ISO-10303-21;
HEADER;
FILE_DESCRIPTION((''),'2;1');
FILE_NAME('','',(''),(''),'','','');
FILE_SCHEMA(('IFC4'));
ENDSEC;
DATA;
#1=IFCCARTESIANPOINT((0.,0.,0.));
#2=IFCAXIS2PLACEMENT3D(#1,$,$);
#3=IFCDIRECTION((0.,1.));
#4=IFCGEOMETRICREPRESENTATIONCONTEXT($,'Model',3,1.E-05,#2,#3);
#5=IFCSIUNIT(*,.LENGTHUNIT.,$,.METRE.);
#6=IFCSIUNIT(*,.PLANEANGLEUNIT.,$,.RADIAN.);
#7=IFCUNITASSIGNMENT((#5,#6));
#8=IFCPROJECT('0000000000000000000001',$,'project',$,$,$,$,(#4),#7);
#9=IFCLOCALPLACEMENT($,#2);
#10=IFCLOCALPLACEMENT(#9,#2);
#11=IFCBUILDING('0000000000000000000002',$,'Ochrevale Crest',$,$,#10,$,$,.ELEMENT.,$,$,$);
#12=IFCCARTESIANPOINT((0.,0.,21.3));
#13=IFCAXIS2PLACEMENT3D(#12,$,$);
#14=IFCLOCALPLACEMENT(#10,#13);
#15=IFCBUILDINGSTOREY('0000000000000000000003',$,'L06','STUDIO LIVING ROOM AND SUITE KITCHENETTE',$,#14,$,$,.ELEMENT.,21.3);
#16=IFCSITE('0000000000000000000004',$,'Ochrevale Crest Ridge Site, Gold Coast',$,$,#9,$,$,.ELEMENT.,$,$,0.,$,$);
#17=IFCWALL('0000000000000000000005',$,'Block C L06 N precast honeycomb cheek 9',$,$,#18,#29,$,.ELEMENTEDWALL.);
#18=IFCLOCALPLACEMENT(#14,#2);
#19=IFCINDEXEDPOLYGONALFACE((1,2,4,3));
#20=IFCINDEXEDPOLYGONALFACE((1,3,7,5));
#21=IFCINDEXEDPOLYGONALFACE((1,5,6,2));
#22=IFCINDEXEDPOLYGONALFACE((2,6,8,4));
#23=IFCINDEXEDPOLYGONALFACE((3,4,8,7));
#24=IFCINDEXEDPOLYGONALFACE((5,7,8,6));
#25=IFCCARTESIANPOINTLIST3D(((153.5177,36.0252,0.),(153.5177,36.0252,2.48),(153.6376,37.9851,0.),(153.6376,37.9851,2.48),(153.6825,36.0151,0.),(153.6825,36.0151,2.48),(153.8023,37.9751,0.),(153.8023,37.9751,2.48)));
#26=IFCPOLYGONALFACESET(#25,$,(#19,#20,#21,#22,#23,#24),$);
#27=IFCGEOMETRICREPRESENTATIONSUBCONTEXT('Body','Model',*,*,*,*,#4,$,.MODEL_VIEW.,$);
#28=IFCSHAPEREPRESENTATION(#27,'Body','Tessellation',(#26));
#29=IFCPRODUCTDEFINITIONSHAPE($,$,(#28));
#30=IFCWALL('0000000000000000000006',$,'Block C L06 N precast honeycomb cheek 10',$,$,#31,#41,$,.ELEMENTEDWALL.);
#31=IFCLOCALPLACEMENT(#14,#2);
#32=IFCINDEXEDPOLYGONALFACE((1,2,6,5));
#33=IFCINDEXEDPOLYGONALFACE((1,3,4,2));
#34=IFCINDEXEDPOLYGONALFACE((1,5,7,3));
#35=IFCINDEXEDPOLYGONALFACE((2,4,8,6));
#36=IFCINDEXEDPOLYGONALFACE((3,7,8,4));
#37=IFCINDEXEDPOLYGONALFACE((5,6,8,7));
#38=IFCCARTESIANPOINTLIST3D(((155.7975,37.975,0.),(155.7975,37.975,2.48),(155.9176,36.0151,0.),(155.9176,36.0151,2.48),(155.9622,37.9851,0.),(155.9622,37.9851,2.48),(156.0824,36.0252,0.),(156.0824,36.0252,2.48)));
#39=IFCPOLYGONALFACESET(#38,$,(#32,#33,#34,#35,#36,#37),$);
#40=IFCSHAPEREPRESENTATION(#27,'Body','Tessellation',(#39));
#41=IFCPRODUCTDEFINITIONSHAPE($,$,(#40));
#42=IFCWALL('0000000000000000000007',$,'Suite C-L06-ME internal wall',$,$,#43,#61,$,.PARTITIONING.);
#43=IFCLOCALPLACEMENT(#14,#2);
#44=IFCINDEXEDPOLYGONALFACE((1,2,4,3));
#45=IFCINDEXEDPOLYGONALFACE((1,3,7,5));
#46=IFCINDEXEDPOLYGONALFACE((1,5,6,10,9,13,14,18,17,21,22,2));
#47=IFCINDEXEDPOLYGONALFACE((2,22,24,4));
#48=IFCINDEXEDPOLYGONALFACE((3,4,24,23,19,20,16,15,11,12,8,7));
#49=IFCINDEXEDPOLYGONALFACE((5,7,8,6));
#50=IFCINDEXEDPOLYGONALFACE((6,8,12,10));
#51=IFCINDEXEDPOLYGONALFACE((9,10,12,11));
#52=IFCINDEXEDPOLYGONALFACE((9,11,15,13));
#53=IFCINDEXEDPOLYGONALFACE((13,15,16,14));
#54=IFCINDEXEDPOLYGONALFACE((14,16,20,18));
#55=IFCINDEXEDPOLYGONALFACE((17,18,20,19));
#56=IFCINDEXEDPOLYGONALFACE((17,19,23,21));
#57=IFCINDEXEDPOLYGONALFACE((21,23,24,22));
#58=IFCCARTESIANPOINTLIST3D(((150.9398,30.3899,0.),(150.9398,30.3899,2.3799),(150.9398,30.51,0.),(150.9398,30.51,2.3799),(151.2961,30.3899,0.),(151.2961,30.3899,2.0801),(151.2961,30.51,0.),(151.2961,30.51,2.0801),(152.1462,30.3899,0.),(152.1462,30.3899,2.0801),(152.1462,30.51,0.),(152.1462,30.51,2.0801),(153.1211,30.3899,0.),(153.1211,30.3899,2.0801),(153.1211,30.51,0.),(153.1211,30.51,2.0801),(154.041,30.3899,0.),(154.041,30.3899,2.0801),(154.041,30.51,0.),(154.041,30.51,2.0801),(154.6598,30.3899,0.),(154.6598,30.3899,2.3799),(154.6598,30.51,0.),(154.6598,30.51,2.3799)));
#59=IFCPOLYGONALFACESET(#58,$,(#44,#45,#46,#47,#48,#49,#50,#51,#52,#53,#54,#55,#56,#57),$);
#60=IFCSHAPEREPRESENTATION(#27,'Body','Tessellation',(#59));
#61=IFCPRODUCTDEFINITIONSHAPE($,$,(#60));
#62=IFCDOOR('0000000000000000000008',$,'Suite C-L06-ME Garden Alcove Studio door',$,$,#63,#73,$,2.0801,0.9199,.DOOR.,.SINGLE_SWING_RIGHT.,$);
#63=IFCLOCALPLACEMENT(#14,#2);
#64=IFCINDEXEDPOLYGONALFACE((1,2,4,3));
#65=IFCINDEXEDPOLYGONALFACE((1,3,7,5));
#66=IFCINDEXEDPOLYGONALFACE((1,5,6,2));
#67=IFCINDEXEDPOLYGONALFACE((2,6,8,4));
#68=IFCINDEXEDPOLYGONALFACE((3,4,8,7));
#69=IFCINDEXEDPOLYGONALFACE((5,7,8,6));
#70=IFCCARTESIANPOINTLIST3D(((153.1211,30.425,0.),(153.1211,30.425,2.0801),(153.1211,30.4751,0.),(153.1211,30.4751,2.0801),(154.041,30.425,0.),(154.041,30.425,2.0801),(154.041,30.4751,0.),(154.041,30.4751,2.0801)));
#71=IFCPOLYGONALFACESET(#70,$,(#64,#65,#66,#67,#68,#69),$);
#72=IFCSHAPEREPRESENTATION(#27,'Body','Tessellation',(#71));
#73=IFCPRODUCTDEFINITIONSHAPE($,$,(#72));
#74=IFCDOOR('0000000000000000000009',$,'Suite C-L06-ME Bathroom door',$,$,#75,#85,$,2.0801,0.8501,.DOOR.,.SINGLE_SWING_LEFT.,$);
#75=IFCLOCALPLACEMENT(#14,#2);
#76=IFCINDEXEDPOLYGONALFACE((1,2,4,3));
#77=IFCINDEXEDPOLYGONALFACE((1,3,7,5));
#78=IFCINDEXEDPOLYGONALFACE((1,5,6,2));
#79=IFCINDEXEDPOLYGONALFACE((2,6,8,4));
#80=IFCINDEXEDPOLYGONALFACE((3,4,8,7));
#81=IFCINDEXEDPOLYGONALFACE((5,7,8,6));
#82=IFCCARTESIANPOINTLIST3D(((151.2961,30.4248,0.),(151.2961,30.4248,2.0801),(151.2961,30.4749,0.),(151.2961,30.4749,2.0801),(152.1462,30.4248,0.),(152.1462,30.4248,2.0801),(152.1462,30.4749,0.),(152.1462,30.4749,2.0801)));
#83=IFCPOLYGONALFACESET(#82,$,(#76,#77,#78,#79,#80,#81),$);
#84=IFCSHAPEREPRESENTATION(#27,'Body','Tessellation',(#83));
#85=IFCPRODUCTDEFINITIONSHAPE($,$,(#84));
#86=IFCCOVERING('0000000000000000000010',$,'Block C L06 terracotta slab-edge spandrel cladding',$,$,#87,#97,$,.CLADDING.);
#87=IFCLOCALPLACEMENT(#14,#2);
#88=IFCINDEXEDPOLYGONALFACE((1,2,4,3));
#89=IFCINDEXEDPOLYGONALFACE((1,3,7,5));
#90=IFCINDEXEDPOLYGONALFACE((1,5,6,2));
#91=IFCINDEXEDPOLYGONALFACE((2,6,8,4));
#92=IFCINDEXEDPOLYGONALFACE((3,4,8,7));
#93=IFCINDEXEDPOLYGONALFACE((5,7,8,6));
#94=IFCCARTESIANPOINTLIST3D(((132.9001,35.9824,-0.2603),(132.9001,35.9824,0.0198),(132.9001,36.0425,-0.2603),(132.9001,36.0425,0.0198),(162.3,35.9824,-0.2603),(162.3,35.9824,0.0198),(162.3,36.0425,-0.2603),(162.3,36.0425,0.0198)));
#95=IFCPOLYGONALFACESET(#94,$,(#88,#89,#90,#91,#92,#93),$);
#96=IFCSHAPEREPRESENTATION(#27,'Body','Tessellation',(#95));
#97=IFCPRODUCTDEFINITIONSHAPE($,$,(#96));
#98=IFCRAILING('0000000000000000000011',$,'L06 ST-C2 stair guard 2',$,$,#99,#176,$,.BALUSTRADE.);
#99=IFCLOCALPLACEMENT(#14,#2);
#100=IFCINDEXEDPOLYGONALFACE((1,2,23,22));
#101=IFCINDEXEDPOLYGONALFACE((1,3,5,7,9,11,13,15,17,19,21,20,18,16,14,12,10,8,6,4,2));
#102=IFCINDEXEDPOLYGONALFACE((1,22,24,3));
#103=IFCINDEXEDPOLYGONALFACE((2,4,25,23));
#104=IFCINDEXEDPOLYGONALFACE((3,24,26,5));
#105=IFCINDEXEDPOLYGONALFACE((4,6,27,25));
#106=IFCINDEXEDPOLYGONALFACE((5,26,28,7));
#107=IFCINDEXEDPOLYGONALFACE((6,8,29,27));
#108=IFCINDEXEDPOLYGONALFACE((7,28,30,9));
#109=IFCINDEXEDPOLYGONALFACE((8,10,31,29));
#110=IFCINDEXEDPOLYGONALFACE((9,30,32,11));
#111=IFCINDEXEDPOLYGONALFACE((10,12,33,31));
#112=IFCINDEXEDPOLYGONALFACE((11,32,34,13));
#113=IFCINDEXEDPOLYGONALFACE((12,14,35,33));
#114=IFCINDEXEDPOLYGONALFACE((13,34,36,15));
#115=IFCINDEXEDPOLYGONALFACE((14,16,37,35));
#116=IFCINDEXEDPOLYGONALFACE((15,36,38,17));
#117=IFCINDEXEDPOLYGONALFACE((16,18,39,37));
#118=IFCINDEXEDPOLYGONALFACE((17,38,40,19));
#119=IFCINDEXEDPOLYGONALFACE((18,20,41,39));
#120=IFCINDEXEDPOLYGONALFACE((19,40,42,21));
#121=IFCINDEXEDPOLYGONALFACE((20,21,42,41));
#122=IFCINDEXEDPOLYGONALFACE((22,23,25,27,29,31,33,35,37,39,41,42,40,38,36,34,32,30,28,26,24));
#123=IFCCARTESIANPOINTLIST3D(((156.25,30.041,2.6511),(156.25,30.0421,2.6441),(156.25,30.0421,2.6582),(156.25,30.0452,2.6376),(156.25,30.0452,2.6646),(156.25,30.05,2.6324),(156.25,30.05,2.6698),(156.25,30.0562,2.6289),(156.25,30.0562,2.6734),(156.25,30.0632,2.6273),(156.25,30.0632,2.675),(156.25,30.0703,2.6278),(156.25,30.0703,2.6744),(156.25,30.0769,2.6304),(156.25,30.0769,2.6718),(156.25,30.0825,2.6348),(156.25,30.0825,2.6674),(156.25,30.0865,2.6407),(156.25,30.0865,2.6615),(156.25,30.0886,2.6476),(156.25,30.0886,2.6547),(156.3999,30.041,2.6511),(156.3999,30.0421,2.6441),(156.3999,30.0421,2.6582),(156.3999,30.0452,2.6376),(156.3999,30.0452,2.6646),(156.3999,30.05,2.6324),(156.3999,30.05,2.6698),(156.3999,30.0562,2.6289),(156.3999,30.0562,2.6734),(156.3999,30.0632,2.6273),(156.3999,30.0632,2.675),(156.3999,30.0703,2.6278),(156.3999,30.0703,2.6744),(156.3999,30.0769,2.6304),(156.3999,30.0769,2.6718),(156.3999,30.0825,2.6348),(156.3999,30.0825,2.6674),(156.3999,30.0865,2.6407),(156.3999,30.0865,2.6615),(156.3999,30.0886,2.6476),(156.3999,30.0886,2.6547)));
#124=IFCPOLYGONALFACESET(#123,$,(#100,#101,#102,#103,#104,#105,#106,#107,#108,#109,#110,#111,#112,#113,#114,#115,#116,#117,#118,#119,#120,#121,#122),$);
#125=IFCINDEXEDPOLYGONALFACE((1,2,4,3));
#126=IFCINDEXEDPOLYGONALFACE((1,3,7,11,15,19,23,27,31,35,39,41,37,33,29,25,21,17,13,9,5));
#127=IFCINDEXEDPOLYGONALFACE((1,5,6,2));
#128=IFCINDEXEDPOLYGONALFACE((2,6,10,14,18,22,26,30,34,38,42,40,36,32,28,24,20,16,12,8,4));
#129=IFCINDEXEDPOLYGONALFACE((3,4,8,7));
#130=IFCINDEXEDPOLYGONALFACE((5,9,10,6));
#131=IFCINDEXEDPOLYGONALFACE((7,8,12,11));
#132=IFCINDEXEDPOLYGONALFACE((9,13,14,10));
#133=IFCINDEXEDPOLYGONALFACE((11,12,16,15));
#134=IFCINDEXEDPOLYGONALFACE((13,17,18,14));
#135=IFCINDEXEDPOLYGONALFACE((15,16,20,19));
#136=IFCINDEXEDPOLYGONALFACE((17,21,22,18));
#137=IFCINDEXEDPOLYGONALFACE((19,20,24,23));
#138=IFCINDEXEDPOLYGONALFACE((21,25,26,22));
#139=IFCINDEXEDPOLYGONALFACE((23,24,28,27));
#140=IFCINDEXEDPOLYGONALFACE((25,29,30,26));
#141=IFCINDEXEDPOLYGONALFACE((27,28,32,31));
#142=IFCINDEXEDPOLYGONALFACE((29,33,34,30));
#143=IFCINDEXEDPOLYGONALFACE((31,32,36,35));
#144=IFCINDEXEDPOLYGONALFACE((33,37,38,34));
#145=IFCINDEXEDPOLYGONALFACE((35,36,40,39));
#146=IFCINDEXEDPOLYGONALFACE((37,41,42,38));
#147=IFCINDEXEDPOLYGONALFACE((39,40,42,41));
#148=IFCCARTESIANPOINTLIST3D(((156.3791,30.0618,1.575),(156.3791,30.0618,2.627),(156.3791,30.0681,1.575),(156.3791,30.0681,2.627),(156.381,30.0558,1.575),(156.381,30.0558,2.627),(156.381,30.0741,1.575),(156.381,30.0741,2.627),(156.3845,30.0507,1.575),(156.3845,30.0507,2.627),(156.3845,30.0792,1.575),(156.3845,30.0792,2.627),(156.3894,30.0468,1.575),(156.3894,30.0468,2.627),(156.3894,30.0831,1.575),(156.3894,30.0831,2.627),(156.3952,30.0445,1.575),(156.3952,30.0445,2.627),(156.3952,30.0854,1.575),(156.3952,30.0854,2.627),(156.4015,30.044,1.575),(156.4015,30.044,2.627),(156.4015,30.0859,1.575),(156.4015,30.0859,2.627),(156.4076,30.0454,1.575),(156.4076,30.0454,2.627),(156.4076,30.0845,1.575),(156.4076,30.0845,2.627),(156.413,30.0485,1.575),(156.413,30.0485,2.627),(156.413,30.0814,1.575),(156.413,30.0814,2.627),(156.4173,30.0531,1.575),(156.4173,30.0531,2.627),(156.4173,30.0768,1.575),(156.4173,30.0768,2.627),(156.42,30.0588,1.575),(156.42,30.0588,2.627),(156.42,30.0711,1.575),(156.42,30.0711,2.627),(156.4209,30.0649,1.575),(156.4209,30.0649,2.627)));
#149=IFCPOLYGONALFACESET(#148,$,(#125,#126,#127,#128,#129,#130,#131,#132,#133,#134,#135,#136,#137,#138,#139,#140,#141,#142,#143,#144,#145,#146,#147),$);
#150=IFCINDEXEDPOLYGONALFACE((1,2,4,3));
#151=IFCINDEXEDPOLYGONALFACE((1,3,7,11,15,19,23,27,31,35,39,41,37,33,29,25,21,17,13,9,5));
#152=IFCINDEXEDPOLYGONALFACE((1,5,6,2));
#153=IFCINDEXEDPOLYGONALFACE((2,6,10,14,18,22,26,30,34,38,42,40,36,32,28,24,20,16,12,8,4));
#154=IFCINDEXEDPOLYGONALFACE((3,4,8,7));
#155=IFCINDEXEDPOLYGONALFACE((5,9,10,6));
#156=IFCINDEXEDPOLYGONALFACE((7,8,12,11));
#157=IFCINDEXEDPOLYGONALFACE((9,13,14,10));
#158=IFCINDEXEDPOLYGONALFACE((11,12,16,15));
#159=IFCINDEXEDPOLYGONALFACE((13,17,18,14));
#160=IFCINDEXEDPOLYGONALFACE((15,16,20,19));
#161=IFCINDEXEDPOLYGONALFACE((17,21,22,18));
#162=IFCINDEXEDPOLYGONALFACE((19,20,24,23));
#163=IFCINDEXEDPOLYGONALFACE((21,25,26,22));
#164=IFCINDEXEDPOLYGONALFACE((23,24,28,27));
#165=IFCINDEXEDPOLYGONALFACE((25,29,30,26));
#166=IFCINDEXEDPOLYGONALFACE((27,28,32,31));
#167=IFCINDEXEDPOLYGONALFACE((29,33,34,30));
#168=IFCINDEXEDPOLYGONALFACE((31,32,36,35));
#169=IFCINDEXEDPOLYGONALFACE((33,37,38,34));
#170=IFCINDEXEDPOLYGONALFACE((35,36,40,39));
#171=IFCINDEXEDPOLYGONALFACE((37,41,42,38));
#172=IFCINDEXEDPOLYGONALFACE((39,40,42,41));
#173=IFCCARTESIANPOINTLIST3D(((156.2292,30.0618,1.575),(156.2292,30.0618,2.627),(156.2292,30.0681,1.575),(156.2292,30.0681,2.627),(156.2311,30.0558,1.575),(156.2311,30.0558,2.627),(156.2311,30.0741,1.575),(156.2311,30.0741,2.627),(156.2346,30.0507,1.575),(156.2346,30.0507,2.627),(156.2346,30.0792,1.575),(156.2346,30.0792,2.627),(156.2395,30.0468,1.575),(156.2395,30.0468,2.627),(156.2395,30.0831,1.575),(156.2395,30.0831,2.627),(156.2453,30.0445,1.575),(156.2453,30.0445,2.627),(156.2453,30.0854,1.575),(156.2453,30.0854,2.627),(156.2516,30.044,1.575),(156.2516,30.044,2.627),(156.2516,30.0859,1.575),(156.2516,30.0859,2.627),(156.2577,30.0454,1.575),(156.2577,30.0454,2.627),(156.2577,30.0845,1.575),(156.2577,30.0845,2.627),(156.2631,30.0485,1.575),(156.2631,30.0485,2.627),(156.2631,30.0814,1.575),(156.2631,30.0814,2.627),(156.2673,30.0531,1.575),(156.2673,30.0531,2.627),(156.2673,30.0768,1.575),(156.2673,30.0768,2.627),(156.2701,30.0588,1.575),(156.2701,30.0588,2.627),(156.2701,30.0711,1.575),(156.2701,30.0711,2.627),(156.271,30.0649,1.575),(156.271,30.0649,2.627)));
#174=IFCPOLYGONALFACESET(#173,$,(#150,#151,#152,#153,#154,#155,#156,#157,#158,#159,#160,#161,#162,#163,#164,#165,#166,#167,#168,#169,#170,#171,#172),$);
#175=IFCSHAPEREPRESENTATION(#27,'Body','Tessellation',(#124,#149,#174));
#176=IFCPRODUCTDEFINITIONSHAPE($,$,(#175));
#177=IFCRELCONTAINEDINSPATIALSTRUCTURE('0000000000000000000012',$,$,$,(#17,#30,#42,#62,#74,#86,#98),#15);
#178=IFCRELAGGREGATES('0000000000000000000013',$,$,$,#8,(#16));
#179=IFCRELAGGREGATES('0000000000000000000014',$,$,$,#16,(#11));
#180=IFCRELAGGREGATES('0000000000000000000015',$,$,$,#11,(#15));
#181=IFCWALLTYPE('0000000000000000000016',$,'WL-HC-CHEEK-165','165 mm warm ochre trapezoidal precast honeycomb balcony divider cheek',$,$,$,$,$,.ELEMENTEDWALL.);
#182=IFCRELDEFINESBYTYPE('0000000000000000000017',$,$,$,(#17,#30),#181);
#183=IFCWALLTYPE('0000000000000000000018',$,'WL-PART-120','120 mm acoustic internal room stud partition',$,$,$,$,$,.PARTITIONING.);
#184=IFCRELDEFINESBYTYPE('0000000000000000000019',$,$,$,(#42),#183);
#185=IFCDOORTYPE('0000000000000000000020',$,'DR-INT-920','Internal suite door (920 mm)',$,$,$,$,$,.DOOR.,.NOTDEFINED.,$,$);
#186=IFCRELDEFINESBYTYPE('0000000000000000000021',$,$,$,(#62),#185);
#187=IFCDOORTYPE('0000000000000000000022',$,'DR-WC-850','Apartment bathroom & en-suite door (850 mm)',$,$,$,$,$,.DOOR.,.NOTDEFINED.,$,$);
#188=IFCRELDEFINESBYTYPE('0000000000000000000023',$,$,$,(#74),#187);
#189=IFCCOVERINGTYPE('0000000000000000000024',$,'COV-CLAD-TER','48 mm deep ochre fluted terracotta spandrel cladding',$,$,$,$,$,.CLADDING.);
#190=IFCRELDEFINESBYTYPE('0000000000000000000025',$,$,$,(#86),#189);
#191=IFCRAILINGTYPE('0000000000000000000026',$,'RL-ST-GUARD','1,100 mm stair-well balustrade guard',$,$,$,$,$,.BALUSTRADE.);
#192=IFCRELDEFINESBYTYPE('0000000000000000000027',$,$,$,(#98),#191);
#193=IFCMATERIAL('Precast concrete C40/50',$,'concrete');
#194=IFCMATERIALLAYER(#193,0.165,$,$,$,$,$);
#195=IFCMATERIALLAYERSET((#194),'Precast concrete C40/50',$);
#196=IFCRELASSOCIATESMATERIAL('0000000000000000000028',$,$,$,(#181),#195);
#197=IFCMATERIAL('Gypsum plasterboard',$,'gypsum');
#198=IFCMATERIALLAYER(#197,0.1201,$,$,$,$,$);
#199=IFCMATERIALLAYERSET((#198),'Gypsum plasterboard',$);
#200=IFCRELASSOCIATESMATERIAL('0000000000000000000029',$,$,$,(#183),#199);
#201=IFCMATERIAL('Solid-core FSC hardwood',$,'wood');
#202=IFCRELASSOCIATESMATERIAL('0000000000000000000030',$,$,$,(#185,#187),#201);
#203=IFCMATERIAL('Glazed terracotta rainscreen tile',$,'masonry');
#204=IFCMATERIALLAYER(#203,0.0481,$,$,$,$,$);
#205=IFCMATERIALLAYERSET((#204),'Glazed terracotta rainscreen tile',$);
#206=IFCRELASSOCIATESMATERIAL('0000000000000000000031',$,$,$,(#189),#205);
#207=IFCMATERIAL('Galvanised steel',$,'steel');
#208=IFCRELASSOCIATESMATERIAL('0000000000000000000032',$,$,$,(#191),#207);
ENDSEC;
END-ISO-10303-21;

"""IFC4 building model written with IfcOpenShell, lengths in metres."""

from ifc_helpers import new_model, si_unit, direction, frame, frame_2d, origin, origin_2d, place, context, subcontext, project, spatial, rectangle, circle, extrude, material, layer, layer_set, type_object, element, fill, save


model = new_model("IFC4")

# Units and contexts
model_context = context("Model", 3, precision=1e-05, world=origin(), true_north=direction((0.0, 1.0)))
body_context = subcontext(model_context, "Body", "Model", "MODEL_VIEW")
ifc_project = project(units=[si_unit("LENGTHUNIT", "METRE"), si_unit("PLANEANGLEUNIT", "RADIAN")], contexts=[model_context])

# Site, building, storey
site_placement = place(None, origin())
site = spatial("IfcSite", under=ifc_project, at=site_placement, Name="Ochrevale Crest Ridge Site, Gold Coast", CompositionType="ELEMENT", RefElevation=0.0)
building_placement = place(site_placement, origin())
building = spatial("IfcBuilding", under=site, at=building_placement, Name="Ochrevale Crest", CompositionType="ELEMENT")
storey_placement = place(building_placement, frame((0.0, 0.0, 21.3)))
storey = spatial("IfcBuildingStorey", under=building, at=storey_placement, Name="L06", Description="STUDIO LIVING ROOM AND SUITE KITCHENETTE", CompositionType="ELEMENT", Elevation=21.3)

# Shared definitions
ifc_material_1 = material(Name="Precast concrete C40/50", Category="concrete")

# Walls
ifc_layer_1 = layer(ifc_material_1, 0.165)
ifc_layer_set_1 = layer_set([ifc_layer_1], Name="Precast concrete C40/50")
wall_type_1 = type_object("IfcWallType", Name="WL-HC-CHEEK-165", Description="165 mm warm ochre trapezoidal precast honeycomb balcony divider cheek", PredefinedType="ELEMENTEDWALL", material=ifc_layer_set_1)
for number, where, z_axis, x_axis, name in (
    (1, (153.6001, 36.02, 0.0), (0.0, 0.0, 1.0), (0.061047, 0.998135, 0.0), "Block C L06 N precast honeycomb cheek 9"),
    (2, (156.0, 36.02, 0.0), (0.0, 0.0, 1.0), (-0.061171, 0.998127, 0.0), "Block C L06 N precast honeycomb cheek 10"),
):
    element("IfcWall", number, at=place(storey_placement, frame(where, z_axis=z_axis, x_axis=x_axis)), inside=storey, type_object=wall_type_1, Name=name, PredefinedType="ELEMENTEDWALL", context=body_context, shape_type="SweptSolid", body=[
        extrude(rectangle(XDim=1.9636, YDim=0.165, at=frame_2d((0.9819, 0.0))), origin(), (0.0, 0.0, 1.0), 2.48),
    ])

# Wall, openings, doors
ifc_material_2 = material(Name="Gypsum plasterboard", Category="gypsum")
ifc_layer_2 = layer(ifc_material_2, 0.1201)
ifc_layer_set_2 = layer_set([ifc_layer_2], Name="Gypsum plasterboard")
wall_type_2 = type_object("IfcWallType", Name="WL-PART-120", Description="120 mm acoustic internal room stud partition", PredefinedType="PARTITIONING", material=ifc_layer_set_2)
wall_1_placement = place(storey_placement, frame((150.9399, 30.45, 0.0), z_axis=(0.0, 0.0, 1.0), x_axis=(1.0, 0.0, 0.0)))
wall_1 = element("IfcWall", 3, at=wall_1_placement, inside=storey, type_object=wall_type_2, Name="Suite C-L06-ME internal wall", PredefinedType="PARTITIONING", context=body_context, shape_type="SweptSolid", body=[
    extrude(rectangle(XDim=3.72, YDim=0.1201, at=frame_2d((1.8599, 0.0))), origin(), (0.0, 0.0, 1.0), 2.3799),
])
opening_1_placement = place(wall_1_placement, frame((0.3562, 0.0, 0.0)))
opening_1 = element("IfcOpeningElement", 4, at=opening_1_placement, cuts=wall_1, PredefinedType="OPENING", context=body_context, shape_type="SweptSolid", body=[
    extrude(rectangle(XDim=0.8501, YDim=2.0801, at=frame_2d((0.425, 1.04))), frame((0.0, 0.0701, 0.0), z_axis=(0.0, -1.0, 0.0), x_axis=(1.0, 0.0, 0.0)), (0.0, 0.0, 1.0), 0.1401),
])
opening_2_placement = place(wall_1_placement, frame((3.1011, 0.0, 0.0), z_axis=(0.0, 0.0, 1.0), x_axis=(-1.0, 0.0, 0.0)))
opening_2 = element("IfcOpeningElement", 5, at=opening_2_placement, cuts=wall_1, PredefinedType="OPENING", context=body_context, shape_type="SweptSolid", body=[
    extrude(rectangle(XDim=0.9199, YDim=2.0801, at=frame_2d((0.46, 1.04))), frame((0.0, 0.0701, 0.0), z_axis=(0.0, -1.0, 0.0), x_axis=(1.0, 0.0, 0.0)), (0.0, 0.0, 1.0), 0.1401),
])
ifc_material_3 = material(Name="Solid-core FSC hardwood", Category="wood")
door_type_1 = type_object("IfcDoorType", Name="DR-INT-920", Description="Internal suite door (920 mm)", OperationType="NOTDEFINED", PredefinedType="DOOR", material=ifc_material_3)
door_1_placement = place(opening_2_placement, origin())
door_1 = element("IfcDoor", 6, at=door_1_placement, inside=storey, type_object=door_type_1, Name="Suite C-L06-ME Garden Alcove Studio door", OperationType="SINGLE_SWING_RIGHT", OverallHeight=2.0801, OverallWidth=0.9199, PredefinedType="DOOR", context=body_context, shape_type="SweptSolid", body=[
    extrude(rectangle(XDim=0.9199, YDim=2.0801, at=frame_2d((0.46, 1.04))), frame((0.0, 0.0249, 0.0), z_axis=(0.0, -1.0, 0.0), x_axis=(1.0, 0.0, 0.0)), (0.0, 0.0, 1.0), 0.05),
])
fill(opening_2, door_1)
door_type_2 = type_object("IfcDoorType", Name="DR-WC-850", Description="Apartment bathroom & en-suite door (850 mm)", OperationType="NOTDEFINED", PredefinedType="DOOR", material=ifc_material_3)
door_2_placement = place(opening_1_placement, origin())
door_2 = element("IfcDoor", 7, at=door_2_placement, inside=storey, type_object=door_type_2, Name="Suite C-L06-ME Bathroom door", OperationType="SINGLE_SWING_LEFT", OverallHeight=2.0801, OverallWidth=0.8501, PredefinedType="DOOR", context=body_context, shape_type="SweptSolid", body=[
    extrude(rectangle(XDim=0.8501, YDim=2.0801, at=frame_2d((0.425, 1.04))), frame((0.0, 0.0249, 0.0), z_axis=(0.0, -1.0, 0.0), x_axis=(1.0, 0.0, 0.0)), (0.0, 0.0, 1.0), 0.05),
])
fill(opening_1, door_2)

# Covering
ifc_material_4 = material(Name="Glazed terracotta rainscreen tile", Category="masonry")
ifc_layer_3 = layer(ifc_material_4, 0.0481)
ifc_layer_set_3 = layer_set([ifc_layer_3], Name="Glazed terracotta rainscreen tile")
covering_type = type_object("IfcCoveringType", Name="COV-CLAD-TER", Description="48 mm deep ochre fluted terracotta spandrel cladding", PredefinedType="CLADDING", material=ifc_layer_set_3)
covering_placement = place(storey_placement, frame((147.6001, 36.0125, -0.2603), z_axis=(0.0, 0.0, 1.0), x_axis=(-1.0, 0.0, 0.0)))
element("IfcCovering", 8, at=covering_placement, inside=storey, type_object=covering_type, Name="Block C L06 terracotta slab-edge spandrel cladding", PredefinedType="CLADDING", context=body_context, shape_type="SweptSolid", body=[
    extrude(rectangle(XDim=29.3999, YDim=0.0601, at=origin_2d()), origin(), (0.0, 0.0, 1.0), 0.28),
])

# Railing
ifc_material_5 = material(Name="Galvanised steel", Category="steel")
railing_type = type_object("IfcRailingType", Name="RL-ST-GUARD", Description="1,100 mm stair-well balustrade guard", PredefinedType="BALUSTRADE", material=ifc_material_5)
railing_placement = place(storey_placement, frame((156.3999, 30.0649, 1.575)))
element("IfcRailing", 9, at=railing_placement, inside=storey, type_object=railing_type, Name="L06 ST-C2 stair guard 2", PredefinedType="BALUSTRADE", context=body_context, shape_type="SweptSolid", body=[
    extrude(circle(Radius=0.0239, at=origin_2d()), frame((0.0, 0.0, 1.0762), z_axis=(-1.0, 0.0, 0.0), x_axis=(0.0, -1.0, 0.0)), (0.0, 0.0, 1.0), 0.1499),
    extrude(circle(Radius=0.021, at=origin_2d()), origin(), (0.0, 0.0, 1.0), 1.052),
    extrude(circle(Radius=0.021, at=origin_2d()), frame((-0.1499, 0.0, 0.0)), (0.0, 0.0, 1.0), 1.052),
])

save(model, "model.ifc")
